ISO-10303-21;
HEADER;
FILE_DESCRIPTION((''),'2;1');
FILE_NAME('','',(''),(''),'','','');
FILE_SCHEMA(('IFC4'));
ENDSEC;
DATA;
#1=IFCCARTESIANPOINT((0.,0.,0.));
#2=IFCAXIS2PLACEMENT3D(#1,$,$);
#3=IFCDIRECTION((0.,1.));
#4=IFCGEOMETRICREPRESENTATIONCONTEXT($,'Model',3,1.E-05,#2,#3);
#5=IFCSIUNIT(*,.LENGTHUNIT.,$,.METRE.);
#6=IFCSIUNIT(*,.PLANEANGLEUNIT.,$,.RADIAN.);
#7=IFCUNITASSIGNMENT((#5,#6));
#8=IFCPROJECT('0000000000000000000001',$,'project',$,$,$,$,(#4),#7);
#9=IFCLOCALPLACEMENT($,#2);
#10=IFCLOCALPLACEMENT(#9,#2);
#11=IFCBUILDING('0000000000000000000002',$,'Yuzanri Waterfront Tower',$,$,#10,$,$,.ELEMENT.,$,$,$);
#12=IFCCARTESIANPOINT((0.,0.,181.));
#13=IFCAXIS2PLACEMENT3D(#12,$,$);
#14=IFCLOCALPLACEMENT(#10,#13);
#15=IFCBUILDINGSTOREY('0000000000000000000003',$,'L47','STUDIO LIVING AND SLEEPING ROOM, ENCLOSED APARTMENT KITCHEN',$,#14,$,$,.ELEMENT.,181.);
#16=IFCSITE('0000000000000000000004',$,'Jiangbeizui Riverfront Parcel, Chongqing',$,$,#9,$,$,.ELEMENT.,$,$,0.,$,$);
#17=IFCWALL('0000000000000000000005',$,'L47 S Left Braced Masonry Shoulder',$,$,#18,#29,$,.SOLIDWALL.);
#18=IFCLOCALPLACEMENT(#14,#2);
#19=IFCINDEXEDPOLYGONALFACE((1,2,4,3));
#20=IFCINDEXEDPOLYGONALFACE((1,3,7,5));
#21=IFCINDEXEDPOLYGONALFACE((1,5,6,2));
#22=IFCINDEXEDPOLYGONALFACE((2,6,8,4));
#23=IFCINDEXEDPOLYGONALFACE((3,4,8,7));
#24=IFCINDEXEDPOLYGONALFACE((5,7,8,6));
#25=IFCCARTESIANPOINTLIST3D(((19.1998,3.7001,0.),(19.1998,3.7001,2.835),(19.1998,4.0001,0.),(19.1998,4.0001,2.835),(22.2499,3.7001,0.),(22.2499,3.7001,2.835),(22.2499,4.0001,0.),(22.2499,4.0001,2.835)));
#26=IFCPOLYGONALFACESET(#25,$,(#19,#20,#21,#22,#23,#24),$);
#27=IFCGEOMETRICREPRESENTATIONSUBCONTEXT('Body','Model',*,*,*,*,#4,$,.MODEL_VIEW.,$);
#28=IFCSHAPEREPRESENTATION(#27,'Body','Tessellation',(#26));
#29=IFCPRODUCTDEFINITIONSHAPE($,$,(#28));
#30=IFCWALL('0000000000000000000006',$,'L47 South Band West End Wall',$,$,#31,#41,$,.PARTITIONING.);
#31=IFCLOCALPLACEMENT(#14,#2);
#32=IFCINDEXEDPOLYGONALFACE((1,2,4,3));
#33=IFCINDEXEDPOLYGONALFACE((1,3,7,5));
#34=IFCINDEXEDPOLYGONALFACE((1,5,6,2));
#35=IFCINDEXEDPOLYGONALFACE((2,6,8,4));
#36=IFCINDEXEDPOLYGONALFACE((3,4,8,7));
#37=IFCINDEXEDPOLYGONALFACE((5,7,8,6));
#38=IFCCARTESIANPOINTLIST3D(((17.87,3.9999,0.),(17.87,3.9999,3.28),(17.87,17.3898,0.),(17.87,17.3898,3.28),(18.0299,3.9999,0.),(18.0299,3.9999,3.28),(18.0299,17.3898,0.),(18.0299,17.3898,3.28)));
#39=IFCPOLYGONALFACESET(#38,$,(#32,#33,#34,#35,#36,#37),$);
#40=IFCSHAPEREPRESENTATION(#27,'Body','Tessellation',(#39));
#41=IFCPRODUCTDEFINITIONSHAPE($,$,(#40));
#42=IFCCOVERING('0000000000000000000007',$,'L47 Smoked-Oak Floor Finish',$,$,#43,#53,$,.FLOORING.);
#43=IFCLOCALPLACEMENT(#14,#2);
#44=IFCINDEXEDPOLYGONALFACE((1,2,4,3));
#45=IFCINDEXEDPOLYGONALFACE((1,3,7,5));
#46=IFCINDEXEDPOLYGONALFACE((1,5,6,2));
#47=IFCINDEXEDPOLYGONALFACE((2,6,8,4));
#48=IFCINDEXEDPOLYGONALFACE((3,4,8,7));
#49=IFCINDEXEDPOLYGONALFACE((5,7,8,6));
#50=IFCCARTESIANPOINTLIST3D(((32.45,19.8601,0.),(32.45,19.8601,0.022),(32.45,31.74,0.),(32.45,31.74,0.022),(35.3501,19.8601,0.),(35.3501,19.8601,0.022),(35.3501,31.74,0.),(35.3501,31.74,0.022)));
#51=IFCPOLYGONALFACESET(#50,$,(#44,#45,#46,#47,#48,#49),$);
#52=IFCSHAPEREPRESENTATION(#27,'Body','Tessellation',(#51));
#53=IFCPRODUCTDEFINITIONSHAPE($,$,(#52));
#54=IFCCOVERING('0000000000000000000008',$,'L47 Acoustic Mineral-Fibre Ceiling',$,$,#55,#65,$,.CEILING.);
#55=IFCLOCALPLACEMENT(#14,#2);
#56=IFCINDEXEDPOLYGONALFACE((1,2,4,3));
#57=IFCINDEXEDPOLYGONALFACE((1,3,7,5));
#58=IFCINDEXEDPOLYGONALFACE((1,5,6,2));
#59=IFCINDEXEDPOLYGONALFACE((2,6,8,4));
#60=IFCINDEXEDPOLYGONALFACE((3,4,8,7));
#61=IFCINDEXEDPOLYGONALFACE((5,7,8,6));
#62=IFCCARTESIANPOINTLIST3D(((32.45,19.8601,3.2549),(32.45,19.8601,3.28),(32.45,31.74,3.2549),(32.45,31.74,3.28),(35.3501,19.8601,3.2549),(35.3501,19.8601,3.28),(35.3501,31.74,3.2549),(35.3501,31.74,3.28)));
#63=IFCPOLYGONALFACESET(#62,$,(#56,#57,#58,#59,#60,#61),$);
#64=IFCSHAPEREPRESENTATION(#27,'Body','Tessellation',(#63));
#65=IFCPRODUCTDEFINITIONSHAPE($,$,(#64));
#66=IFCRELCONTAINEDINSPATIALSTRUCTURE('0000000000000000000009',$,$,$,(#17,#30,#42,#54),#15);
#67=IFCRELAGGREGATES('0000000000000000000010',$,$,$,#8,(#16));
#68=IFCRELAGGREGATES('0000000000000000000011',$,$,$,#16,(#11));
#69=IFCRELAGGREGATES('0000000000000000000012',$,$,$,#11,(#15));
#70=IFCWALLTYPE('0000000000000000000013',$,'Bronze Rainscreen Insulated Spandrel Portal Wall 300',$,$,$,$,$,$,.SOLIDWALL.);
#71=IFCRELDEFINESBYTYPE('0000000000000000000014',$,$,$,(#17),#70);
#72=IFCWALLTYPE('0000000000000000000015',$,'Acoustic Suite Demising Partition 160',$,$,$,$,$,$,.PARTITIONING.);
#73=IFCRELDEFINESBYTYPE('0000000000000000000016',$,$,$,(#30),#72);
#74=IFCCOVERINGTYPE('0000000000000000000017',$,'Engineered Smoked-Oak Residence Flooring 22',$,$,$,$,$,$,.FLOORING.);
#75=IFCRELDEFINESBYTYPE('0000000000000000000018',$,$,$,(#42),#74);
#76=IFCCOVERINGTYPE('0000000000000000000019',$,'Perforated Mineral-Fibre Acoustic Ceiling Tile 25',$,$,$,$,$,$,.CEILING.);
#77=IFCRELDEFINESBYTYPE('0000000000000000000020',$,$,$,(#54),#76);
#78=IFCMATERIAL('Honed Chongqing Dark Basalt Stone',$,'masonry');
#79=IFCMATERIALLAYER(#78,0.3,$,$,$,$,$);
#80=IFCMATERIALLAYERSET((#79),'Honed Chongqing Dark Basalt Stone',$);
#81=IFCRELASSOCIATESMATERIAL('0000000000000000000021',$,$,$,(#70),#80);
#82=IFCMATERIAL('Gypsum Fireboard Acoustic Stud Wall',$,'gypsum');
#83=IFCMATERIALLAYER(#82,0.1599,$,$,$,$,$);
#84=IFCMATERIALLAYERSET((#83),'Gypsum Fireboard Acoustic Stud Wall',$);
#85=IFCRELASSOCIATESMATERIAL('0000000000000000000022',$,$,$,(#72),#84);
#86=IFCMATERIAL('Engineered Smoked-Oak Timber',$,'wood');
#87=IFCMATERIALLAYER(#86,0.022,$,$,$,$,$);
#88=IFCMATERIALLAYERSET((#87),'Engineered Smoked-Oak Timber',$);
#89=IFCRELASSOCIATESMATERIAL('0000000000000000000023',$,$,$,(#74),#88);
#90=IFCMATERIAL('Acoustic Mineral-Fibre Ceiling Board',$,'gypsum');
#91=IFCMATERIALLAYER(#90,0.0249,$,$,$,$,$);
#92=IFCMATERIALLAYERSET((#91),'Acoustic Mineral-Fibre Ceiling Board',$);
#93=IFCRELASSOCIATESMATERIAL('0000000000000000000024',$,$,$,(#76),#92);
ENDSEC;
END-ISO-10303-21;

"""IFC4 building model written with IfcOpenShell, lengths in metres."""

from ifc_helpers import new_model, si_unit, direction, frame, frame_2d, origin, place, context, subcontext, project, spatial, polyline, rectangle, outline, extrude, source, transform, mapped, material, layer, layer_set, type_object, element, save


model = new_model("IFC4")

# Units and contexts
model_context = context("Model", 3, precision=1e-05, world=origin(), true_north=direction((0.0, 1.0)))
body_context = subcontext(model_context, "Body", "Model", "MODEL_VIEW")
ifc_project = project(units=[si_unit("LENGTHUNIT", "METRE"), si_unit("PLANEANGLEUNIT", "RADIAN")], contexts=[model_context])

# Site, building, storey
site_placement = place(None, origin())
site = spatial("IfcSite", under=ifc_project, at=site_placement, Name="Jiangbeizui Riverfront Parcel, Chongqing", CompositionType="ELEMENT", RefElevation=0.0)
building_placement = place(site_placement, origin())
building = spatial("IfcBuilding", under=site, at=building_placement, Name="Yuzanri Waterfront Tower", CompositionType="ELEMENT")
storey_placement = place(building_placement, frame((0.0, 0.0, 181.0)))
storey = spatial("IfcBuildingStorey", under=building, at=storey_placement, Name="L47", Description="STUDIO LIVING AND SLEEPING ROOM, ENCLOSED APARTMENT KITCHEN", CompositionType="ELEMENT", Elevation=181.0)

# Shared definitions
ifc_material_1 = material(Name="Honed Chongqing Dark Basalt Stone", Category="masonry")
ifc_layer_1 = layer(ifc_material_1, 0.3)
ifc_layer_set_1 = layer_set([ifc_layer_1], Name="Honed Chongqing Dark Basalt Stone")
wall_type_1 = type_object("IfcWallType", Name="Bronze Rainscreen Insulated Spandrel Portal Wall 300", PredefinedType="SOLIDWALL", material=ifc_layer_set_1)

# Walls
shared_shape_1 = source(origin(), body_context, "Body", "SweptSolid", [
    extrude(rectangle(XDim=3.05, YDim=0.3, at=frame_2d((1.5249, 0.0))), origin(), (0.0, 0.0, 1.0), 2.835),
])
wall_1_placement = place(storey_placement, frame((19.2, 3.8501, 0.0), z_axis=(0.0, 0.0, 1.0), x_axis=(1.0, 0.0, 0.0)))
element("IfcWall", 1, at=wall_1_placement, inside=storey, type_object=wall_type_1, Name="L47 S Left Braced Masonry Shoulder", PredefinedType="SOLIDWALL", context=body_context, shape_type="MappedRepresentation", body=[
    mapped(shared_shape_1, transform((0.0, 0.0, 0.0), scale=1.0)),
])
ifc_material_2 = material(Name="Gypsum Fireboard Acoustic Stud Wall", Category="gypsum")
ifc_layer_2 = layer(ifc_material_2, 0.1599)
ifc_layer_set_2 = layer_set([ifc_layer_2], Name="Gypsum Fireboard Acoustic Stud Wall")
wall_type_2 = type_object("IfcWallType", Name="Acoustic Suite Demising Partition 160", PredefinedType="PARTITIONING", material=ifc_layer_set_2)
shared_shape_2 = source(origin(), body_context, "Body", "SweptSolid", [
    extrude(rectangle(XDim=13.3899, YDim=0.1599, at=frame_2d((6.6948, 0.0))), origin(), (0.0, 0.0, 1.0), 3.28),
])
wall_2_placement = place(storey_placement, frame((17.95, 4.0, 0.0), z_axis=(0.0, 0.0, 1.0), x_axis=(0.0, 1.0, 0.0)))
element("IfcWall", 2, at=wall_2_placement, inside=storey, type_object=wall_type_2, Name="L47 South Band West End Wall", PredefinedType="PARTITIONING", context=body_context, shape_type="MappedRepresentation", body=[
    mapped(shared_shape_2, transform((0.0, 0.0, 0.0), scale=1.0)),
])

# Coverings
ifc_material_3 = material(Name="Engineered Smoked-Oak Timber", Category="wood")
ifc_layer_3 = layer(ifc_material_3, 0.022)
ifc_layer_set_3 = layer_set([ifc_layer_3], Name="Engineered Smoked-Oak Timber")
covering_type_1 = type_object("IfcCoveringType", Name="Engineered Smoked-Oak Residence Flooring 22", PredefinedType="FLOORING", material=ifc_layer_set_3)
covering_1_placement = place(storey_placement, origin())
element("IfcCovering", 3, at=covering_1_placement, inside=storey, type_object=covering_type_1, Name="L47 Smoked-Oak Floor Finish", PredefinedType="FLOORING", context=body_context, shape_type="SweptSolid", body=[
    extrude(outline(polyline([(32.45, 19.8601), (35.3501, 19.8601), (35.3501, 31.74), (32.45, 31.74), (32.45, 19.8601)])), origin(), (0.0, 0.0, 1.0), 0.022),
])
ifc_material_4 = material(Name="Acoustic Mineral-Fibre Ceiling Board", Category="gypsum")
ifc_layer_4 = layer(ifc_material_4, 0.0249)
ifc_layer_set_4 = layer_set([ifc_layer_4], Name="Acoustic Mineral-Fibre Ceiling Board")
covering_type_2 = type_object("IfcCoveringType", Name="Perforated Mineral-Fibre Acoustic Ceiling Tile 25", PredefinedType="CEILING", material=ifc_layer_set_4)
covering_2_placement = place(storey_placement, frame((0.0, 0.0, 3.2549)))
element("IfcCovering", 4, at=covering_2_placement, inside=storey, type_object=covering_type_2, Name="L47 Acoustic Mineral-Fibre Ceiling", PredefinedType="CEILING", context=body_context, shape_type="SweptSolid", body=[
    extrude(outline(polyline([(32.45, 19.8601), (35.3501, 19.8601), (35.3501, 31.74), (32.45, 31.74), (32.45, 19.8601)])), origin(), (0.0, 0.0, 1.0), 0.0251),
])

save(model, "model.ifc")
